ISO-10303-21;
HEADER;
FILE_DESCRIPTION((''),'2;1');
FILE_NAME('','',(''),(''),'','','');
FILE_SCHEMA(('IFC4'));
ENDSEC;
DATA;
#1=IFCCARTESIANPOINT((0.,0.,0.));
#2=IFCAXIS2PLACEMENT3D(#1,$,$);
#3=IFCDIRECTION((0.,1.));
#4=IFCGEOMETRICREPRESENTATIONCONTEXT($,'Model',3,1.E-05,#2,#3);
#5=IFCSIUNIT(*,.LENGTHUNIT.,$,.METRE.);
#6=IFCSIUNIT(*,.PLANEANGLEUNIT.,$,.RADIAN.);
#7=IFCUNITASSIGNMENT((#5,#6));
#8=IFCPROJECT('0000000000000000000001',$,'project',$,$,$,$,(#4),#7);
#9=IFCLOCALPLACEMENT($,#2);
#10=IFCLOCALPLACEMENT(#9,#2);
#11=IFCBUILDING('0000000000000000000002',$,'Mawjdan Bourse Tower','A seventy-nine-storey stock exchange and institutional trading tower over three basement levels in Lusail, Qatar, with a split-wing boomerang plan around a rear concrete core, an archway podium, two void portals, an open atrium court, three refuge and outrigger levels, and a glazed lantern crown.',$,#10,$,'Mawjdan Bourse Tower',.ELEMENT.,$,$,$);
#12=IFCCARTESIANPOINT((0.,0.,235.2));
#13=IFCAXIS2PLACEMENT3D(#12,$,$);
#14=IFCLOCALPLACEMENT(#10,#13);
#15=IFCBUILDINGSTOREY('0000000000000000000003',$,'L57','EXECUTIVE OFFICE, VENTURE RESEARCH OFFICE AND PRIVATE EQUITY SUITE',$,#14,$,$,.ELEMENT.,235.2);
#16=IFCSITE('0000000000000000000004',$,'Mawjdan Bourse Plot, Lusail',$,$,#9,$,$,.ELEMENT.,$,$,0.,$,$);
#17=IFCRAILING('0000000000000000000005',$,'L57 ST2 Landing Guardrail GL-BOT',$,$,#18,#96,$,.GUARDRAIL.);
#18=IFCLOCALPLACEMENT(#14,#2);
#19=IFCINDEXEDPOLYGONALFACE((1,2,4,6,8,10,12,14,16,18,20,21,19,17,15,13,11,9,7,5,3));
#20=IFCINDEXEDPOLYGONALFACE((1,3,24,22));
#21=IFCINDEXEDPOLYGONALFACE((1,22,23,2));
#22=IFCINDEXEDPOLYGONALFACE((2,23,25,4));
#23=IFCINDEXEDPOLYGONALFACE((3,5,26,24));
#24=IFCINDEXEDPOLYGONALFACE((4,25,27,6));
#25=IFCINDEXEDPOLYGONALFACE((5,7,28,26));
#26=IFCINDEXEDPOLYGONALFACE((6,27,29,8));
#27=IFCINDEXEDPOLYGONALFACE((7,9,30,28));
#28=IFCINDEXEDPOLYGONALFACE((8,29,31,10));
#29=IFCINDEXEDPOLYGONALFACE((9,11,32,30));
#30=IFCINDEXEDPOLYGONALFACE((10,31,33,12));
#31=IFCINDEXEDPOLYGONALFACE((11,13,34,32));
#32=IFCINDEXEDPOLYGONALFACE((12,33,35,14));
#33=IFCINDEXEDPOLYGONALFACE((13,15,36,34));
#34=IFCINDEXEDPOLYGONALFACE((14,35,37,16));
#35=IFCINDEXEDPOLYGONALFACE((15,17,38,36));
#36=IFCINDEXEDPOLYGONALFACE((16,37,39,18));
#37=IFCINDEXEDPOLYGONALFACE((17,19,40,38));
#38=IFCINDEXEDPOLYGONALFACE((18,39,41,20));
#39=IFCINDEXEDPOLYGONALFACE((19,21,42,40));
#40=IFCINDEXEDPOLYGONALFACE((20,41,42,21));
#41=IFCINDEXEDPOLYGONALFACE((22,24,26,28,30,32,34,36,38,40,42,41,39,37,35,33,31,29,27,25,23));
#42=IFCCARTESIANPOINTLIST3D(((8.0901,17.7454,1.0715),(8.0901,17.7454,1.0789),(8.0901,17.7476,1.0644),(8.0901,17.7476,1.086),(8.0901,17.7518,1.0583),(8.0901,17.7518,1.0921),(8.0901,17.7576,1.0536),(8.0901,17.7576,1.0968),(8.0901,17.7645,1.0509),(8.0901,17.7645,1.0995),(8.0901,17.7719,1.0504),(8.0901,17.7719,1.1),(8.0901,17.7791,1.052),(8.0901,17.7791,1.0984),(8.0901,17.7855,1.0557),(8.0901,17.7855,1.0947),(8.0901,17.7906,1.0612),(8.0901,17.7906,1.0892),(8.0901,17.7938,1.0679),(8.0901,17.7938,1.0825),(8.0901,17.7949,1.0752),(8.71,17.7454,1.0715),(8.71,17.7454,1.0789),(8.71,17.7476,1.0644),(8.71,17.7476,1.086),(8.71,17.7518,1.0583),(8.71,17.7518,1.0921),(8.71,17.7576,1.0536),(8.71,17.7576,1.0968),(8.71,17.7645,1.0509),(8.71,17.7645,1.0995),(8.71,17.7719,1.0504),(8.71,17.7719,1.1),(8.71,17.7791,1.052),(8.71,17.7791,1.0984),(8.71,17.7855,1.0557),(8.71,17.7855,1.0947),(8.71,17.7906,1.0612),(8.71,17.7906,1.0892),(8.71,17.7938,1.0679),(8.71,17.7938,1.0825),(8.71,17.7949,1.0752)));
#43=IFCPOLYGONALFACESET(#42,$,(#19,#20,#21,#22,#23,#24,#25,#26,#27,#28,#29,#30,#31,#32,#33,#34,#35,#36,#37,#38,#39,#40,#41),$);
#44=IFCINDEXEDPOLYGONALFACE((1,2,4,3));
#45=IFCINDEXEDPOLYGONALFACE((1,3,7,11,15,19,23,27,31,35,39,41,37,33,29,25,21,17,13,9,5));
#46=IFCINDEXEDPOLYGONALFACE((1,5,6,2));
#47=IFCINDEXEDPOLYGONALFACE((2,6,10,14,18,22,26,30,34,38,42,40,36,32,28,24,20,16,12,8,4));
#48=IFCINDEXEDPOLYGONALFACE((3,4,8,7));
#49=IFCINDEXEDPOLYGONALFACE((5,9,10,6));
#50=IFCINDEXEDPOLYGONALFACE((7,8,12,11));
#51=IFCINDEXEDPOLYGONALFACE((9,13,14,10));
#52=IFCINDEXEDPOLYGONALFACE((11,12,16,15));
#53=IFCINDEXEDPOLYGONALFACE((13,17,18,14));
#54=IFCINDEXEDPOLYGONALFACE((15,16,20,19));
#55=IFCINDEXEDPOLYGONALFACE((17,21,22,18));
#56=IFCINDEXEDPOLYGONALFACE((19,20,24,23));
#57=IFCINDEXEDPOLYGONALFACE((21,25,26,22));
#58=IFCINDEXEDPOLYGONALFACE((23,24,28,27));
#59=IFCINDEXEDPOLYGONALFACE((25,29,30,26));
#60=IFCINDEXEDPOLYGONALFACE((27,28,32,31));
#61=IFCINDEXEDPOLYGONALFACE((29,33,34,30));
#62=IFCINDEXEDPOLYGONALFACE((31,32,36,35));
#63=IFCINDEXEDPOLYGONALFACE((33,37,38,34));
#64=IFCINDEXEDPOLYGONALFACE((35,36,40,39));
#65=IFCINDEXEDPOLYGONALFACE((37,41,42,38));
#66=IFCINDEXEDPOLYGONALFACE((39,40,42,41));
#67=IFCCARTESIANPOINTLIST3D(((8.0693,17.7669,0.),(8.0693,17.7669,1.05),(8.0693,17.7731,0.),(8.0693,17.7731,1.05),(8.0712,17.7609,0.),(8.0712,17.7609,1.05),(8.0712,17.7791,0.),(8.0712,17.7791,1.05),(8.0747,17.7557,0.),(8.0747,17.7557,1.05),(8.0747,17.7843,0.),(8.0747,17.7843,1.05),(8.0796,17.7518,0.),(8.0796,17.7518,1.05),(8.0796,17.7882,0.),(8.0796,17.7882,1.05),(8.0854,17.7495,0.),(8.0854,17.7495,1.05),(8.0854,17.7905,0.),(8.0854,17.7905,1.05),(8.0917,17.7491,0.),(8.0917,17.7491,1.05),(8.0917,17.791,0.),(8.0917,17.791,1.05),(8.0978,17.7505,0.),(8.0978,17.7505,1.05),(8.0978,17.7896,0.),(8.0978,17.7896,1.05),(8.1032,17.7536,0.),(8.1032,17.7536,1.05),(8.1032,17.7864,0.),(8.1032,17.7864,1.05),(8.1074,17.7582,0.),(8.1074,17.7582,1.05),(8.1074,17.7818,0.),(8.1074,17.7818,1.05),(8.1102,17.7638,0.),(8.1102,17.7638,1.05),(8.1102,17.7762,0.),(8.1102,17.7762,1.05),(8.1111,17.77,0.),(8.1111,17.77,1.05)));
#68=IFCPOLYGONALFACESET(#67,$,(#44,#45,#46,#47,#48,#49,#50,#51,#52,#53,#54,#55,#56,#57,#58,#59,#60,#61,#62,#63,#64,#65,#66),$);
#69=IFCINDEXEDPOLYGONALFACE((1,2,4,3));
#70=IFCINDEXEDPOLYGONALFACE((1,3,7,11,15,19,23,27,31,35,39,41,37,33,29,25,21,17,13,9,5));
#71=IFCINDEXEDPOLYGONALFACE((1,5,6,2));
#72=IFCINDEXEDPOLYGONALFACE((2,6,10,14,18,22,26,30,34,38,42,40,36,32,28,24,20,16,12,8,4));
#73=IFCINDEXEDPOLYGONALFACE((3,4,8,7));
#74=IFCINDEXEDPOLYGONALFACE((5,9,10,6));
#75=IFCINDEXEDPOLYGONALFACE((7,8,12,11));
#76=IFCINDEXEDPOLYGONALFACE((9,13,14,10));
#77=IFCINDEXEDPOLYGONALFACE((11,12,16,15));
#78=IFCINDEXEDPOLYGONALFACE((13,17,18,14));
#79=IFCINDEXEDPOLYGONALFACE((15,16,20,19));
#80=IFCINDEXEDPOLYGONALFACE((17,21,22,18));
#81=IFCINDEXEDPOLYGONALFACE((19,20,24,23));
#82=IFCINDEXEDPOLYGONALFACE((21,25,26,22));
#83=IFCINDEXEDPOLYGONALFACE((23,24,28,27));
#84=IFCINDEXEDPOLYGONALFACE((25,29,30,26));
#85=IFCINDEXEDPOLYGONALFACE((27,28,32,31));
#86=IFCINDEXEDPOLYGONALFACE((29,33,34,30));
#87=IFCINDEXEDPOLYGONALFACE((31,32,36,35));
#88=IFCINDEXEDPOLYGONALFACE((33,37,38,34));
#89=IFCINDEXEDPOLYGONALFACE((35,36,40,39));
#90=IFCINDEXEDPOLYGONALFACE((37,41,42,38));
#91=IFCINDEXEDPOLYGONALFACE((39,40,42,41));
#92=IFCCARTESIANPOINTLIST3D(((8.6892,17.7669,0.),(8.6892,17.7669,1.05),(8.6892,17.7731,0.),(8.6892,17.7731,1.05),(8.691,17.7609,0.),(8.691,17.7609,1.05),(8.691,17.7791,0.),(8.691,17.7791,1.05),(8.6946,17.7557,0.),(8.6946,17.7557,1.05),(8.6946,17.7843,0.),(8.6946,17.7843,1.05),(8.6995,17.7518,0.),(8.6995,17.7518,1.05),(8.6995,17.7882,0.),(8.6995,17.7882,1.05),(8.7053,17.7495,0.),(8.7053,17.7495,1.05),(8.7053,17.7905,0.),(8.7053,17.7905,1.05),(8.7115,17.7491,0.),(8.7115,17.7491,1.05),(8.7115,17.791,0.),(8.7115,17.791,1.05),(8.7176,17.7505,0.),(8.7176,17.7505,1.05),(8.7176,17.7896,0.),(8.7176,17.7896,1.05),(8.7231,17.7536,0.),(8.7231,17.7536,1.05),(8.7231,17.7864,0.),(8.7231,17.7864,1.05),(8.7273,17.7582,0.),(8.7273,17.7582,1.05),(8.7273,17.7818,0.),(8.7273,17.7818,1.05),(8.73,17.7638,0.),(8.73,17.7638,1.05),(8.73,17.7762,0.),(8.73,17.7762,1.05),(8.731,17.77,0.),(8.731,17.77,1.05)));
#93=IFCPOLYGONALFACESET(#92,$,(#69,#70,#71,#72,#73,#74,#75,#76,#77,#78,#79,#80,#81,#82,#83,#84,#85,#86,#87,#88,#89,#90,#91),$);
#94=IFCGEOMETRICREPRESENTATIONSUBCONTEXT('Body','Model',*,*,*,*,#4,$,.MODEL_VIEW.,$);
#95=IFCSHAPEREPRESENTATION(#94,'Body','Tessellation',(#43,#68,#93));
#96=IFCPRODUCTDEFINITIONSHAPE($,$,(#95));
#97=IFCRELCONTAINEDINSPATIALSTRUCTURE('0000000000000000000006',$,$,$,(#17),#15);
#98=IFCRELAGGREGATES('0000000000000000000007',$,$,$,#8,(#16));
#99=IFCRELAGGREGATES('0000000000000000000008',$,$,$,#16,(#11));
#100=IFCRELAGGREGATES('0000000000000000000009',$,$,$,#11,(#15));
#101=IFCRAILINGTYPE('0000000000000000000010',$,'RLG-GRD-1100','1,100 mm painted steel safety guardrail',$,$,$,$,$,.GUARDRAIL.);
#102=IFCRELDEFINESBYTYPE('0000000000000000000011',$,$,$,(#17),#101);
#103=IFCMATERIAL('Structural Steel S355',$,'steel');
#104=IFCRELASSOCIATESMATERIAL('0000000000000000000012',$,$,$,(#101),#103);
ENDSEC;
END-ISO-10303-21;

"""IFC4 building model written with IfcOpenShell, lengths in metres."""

from ifc_helpers import new_model, si_unit, direction, frame, origin, origin_2d, place, context, subcontext, project, spatial, circle, extrude, material, type_object, element, save


model = new_model("IFC4")

# Units and contexts
model_context = context("Model", 3, precision=1e-05, world=origin(), true_north=direction((0.0, 1.0)))
body_context = subcontext(model_context, "Body", "Model", "MODEL_VIEW")
ifc_project = project(units=[si_unit("LENGTHUNIT", "METRE"), si_unit("PLANEANGLEUNIT", "RADIAN")], contexts=[model_context])

# Site, building, storey
site_placement = place(None, origin())
site = spatial("IfcSite", under=ifc_project, at=site_placement, Name="Mawjdan Bourse Plot, Lusail", CompositionType="ELEMENT", RefElevation=0.0)
building_placement = place(site_placement, origin())
building = spatial("IfcBuilding", under=site, at=building_placement, Name="Mawjdan Bourse Tower", Description="A seventy-nine-storey stock exchange and institutional trading tower over three basement levels in Lusail, Qatar, with a split-wing boomerang plan around a rear concrete core, an archway podium, two void portals, an open atrium court, three refuge and outrigger levels, and a glazed lantern crown.", LongName="Mawjdan Bourse Tower", CompositionType="ELEMENT")
storey_placement = place(building_placement, frame((0.0, 0.0, 235.2)))
storey = spatial("IfcBuildingStorey", under=building, at=storey_placement, Name="L57", Description="EXECUTIVE OFFICE, VENTURE RESEARCH OFFICE AND PRIVATE EQUITY SUITE", CompositionType="ELEMENT", Elevation=235.2)

# Railing
ifc_material_1 = material(Name="Structural Steel S355", Category="steel")
railing_type_1 = type_object("IfcRailingType", Name="RLG-GRD-1100", Description="1,100 mm painted steel safety guardrail", PredefinedType="GUARDRAIL", material=ifc_material_1)
for number, where, name in (
    (1, (8.0901, 17.77, 0.0), "L57 ST2 Landing Guardrail GL-BOT"),
):
    element("IfcRailing", number, at=place(storey_placement, frame(where)), inside=storey, type_object=railing_type_1, Name=name, PredefinedType="GUARDRAIL", context=body_context, shape_type="SweptSolid", body=[
        extrude(circle(Radius=0.0249, at=origin_2d()), frame((0.0, 0.0, 1.0752), z_axis=(1.0, 0.0, 0.0), x_axis=(0.0, 1.0, 0.0)), (0.0, 0.0, 1.0), 0.6199),
        extrude(circle(Radius=0.021, at=origin_2d()), origin(), (0.0, 0.0, 1.0), 1.05),
        extrude(circle(Radius=0.021, at=origin_2d()), frame((0.6199, 0.0, 0.0)), (0.0, 0.0, 1.0), 1.05),
    ])

save(model, "model.ifc")
